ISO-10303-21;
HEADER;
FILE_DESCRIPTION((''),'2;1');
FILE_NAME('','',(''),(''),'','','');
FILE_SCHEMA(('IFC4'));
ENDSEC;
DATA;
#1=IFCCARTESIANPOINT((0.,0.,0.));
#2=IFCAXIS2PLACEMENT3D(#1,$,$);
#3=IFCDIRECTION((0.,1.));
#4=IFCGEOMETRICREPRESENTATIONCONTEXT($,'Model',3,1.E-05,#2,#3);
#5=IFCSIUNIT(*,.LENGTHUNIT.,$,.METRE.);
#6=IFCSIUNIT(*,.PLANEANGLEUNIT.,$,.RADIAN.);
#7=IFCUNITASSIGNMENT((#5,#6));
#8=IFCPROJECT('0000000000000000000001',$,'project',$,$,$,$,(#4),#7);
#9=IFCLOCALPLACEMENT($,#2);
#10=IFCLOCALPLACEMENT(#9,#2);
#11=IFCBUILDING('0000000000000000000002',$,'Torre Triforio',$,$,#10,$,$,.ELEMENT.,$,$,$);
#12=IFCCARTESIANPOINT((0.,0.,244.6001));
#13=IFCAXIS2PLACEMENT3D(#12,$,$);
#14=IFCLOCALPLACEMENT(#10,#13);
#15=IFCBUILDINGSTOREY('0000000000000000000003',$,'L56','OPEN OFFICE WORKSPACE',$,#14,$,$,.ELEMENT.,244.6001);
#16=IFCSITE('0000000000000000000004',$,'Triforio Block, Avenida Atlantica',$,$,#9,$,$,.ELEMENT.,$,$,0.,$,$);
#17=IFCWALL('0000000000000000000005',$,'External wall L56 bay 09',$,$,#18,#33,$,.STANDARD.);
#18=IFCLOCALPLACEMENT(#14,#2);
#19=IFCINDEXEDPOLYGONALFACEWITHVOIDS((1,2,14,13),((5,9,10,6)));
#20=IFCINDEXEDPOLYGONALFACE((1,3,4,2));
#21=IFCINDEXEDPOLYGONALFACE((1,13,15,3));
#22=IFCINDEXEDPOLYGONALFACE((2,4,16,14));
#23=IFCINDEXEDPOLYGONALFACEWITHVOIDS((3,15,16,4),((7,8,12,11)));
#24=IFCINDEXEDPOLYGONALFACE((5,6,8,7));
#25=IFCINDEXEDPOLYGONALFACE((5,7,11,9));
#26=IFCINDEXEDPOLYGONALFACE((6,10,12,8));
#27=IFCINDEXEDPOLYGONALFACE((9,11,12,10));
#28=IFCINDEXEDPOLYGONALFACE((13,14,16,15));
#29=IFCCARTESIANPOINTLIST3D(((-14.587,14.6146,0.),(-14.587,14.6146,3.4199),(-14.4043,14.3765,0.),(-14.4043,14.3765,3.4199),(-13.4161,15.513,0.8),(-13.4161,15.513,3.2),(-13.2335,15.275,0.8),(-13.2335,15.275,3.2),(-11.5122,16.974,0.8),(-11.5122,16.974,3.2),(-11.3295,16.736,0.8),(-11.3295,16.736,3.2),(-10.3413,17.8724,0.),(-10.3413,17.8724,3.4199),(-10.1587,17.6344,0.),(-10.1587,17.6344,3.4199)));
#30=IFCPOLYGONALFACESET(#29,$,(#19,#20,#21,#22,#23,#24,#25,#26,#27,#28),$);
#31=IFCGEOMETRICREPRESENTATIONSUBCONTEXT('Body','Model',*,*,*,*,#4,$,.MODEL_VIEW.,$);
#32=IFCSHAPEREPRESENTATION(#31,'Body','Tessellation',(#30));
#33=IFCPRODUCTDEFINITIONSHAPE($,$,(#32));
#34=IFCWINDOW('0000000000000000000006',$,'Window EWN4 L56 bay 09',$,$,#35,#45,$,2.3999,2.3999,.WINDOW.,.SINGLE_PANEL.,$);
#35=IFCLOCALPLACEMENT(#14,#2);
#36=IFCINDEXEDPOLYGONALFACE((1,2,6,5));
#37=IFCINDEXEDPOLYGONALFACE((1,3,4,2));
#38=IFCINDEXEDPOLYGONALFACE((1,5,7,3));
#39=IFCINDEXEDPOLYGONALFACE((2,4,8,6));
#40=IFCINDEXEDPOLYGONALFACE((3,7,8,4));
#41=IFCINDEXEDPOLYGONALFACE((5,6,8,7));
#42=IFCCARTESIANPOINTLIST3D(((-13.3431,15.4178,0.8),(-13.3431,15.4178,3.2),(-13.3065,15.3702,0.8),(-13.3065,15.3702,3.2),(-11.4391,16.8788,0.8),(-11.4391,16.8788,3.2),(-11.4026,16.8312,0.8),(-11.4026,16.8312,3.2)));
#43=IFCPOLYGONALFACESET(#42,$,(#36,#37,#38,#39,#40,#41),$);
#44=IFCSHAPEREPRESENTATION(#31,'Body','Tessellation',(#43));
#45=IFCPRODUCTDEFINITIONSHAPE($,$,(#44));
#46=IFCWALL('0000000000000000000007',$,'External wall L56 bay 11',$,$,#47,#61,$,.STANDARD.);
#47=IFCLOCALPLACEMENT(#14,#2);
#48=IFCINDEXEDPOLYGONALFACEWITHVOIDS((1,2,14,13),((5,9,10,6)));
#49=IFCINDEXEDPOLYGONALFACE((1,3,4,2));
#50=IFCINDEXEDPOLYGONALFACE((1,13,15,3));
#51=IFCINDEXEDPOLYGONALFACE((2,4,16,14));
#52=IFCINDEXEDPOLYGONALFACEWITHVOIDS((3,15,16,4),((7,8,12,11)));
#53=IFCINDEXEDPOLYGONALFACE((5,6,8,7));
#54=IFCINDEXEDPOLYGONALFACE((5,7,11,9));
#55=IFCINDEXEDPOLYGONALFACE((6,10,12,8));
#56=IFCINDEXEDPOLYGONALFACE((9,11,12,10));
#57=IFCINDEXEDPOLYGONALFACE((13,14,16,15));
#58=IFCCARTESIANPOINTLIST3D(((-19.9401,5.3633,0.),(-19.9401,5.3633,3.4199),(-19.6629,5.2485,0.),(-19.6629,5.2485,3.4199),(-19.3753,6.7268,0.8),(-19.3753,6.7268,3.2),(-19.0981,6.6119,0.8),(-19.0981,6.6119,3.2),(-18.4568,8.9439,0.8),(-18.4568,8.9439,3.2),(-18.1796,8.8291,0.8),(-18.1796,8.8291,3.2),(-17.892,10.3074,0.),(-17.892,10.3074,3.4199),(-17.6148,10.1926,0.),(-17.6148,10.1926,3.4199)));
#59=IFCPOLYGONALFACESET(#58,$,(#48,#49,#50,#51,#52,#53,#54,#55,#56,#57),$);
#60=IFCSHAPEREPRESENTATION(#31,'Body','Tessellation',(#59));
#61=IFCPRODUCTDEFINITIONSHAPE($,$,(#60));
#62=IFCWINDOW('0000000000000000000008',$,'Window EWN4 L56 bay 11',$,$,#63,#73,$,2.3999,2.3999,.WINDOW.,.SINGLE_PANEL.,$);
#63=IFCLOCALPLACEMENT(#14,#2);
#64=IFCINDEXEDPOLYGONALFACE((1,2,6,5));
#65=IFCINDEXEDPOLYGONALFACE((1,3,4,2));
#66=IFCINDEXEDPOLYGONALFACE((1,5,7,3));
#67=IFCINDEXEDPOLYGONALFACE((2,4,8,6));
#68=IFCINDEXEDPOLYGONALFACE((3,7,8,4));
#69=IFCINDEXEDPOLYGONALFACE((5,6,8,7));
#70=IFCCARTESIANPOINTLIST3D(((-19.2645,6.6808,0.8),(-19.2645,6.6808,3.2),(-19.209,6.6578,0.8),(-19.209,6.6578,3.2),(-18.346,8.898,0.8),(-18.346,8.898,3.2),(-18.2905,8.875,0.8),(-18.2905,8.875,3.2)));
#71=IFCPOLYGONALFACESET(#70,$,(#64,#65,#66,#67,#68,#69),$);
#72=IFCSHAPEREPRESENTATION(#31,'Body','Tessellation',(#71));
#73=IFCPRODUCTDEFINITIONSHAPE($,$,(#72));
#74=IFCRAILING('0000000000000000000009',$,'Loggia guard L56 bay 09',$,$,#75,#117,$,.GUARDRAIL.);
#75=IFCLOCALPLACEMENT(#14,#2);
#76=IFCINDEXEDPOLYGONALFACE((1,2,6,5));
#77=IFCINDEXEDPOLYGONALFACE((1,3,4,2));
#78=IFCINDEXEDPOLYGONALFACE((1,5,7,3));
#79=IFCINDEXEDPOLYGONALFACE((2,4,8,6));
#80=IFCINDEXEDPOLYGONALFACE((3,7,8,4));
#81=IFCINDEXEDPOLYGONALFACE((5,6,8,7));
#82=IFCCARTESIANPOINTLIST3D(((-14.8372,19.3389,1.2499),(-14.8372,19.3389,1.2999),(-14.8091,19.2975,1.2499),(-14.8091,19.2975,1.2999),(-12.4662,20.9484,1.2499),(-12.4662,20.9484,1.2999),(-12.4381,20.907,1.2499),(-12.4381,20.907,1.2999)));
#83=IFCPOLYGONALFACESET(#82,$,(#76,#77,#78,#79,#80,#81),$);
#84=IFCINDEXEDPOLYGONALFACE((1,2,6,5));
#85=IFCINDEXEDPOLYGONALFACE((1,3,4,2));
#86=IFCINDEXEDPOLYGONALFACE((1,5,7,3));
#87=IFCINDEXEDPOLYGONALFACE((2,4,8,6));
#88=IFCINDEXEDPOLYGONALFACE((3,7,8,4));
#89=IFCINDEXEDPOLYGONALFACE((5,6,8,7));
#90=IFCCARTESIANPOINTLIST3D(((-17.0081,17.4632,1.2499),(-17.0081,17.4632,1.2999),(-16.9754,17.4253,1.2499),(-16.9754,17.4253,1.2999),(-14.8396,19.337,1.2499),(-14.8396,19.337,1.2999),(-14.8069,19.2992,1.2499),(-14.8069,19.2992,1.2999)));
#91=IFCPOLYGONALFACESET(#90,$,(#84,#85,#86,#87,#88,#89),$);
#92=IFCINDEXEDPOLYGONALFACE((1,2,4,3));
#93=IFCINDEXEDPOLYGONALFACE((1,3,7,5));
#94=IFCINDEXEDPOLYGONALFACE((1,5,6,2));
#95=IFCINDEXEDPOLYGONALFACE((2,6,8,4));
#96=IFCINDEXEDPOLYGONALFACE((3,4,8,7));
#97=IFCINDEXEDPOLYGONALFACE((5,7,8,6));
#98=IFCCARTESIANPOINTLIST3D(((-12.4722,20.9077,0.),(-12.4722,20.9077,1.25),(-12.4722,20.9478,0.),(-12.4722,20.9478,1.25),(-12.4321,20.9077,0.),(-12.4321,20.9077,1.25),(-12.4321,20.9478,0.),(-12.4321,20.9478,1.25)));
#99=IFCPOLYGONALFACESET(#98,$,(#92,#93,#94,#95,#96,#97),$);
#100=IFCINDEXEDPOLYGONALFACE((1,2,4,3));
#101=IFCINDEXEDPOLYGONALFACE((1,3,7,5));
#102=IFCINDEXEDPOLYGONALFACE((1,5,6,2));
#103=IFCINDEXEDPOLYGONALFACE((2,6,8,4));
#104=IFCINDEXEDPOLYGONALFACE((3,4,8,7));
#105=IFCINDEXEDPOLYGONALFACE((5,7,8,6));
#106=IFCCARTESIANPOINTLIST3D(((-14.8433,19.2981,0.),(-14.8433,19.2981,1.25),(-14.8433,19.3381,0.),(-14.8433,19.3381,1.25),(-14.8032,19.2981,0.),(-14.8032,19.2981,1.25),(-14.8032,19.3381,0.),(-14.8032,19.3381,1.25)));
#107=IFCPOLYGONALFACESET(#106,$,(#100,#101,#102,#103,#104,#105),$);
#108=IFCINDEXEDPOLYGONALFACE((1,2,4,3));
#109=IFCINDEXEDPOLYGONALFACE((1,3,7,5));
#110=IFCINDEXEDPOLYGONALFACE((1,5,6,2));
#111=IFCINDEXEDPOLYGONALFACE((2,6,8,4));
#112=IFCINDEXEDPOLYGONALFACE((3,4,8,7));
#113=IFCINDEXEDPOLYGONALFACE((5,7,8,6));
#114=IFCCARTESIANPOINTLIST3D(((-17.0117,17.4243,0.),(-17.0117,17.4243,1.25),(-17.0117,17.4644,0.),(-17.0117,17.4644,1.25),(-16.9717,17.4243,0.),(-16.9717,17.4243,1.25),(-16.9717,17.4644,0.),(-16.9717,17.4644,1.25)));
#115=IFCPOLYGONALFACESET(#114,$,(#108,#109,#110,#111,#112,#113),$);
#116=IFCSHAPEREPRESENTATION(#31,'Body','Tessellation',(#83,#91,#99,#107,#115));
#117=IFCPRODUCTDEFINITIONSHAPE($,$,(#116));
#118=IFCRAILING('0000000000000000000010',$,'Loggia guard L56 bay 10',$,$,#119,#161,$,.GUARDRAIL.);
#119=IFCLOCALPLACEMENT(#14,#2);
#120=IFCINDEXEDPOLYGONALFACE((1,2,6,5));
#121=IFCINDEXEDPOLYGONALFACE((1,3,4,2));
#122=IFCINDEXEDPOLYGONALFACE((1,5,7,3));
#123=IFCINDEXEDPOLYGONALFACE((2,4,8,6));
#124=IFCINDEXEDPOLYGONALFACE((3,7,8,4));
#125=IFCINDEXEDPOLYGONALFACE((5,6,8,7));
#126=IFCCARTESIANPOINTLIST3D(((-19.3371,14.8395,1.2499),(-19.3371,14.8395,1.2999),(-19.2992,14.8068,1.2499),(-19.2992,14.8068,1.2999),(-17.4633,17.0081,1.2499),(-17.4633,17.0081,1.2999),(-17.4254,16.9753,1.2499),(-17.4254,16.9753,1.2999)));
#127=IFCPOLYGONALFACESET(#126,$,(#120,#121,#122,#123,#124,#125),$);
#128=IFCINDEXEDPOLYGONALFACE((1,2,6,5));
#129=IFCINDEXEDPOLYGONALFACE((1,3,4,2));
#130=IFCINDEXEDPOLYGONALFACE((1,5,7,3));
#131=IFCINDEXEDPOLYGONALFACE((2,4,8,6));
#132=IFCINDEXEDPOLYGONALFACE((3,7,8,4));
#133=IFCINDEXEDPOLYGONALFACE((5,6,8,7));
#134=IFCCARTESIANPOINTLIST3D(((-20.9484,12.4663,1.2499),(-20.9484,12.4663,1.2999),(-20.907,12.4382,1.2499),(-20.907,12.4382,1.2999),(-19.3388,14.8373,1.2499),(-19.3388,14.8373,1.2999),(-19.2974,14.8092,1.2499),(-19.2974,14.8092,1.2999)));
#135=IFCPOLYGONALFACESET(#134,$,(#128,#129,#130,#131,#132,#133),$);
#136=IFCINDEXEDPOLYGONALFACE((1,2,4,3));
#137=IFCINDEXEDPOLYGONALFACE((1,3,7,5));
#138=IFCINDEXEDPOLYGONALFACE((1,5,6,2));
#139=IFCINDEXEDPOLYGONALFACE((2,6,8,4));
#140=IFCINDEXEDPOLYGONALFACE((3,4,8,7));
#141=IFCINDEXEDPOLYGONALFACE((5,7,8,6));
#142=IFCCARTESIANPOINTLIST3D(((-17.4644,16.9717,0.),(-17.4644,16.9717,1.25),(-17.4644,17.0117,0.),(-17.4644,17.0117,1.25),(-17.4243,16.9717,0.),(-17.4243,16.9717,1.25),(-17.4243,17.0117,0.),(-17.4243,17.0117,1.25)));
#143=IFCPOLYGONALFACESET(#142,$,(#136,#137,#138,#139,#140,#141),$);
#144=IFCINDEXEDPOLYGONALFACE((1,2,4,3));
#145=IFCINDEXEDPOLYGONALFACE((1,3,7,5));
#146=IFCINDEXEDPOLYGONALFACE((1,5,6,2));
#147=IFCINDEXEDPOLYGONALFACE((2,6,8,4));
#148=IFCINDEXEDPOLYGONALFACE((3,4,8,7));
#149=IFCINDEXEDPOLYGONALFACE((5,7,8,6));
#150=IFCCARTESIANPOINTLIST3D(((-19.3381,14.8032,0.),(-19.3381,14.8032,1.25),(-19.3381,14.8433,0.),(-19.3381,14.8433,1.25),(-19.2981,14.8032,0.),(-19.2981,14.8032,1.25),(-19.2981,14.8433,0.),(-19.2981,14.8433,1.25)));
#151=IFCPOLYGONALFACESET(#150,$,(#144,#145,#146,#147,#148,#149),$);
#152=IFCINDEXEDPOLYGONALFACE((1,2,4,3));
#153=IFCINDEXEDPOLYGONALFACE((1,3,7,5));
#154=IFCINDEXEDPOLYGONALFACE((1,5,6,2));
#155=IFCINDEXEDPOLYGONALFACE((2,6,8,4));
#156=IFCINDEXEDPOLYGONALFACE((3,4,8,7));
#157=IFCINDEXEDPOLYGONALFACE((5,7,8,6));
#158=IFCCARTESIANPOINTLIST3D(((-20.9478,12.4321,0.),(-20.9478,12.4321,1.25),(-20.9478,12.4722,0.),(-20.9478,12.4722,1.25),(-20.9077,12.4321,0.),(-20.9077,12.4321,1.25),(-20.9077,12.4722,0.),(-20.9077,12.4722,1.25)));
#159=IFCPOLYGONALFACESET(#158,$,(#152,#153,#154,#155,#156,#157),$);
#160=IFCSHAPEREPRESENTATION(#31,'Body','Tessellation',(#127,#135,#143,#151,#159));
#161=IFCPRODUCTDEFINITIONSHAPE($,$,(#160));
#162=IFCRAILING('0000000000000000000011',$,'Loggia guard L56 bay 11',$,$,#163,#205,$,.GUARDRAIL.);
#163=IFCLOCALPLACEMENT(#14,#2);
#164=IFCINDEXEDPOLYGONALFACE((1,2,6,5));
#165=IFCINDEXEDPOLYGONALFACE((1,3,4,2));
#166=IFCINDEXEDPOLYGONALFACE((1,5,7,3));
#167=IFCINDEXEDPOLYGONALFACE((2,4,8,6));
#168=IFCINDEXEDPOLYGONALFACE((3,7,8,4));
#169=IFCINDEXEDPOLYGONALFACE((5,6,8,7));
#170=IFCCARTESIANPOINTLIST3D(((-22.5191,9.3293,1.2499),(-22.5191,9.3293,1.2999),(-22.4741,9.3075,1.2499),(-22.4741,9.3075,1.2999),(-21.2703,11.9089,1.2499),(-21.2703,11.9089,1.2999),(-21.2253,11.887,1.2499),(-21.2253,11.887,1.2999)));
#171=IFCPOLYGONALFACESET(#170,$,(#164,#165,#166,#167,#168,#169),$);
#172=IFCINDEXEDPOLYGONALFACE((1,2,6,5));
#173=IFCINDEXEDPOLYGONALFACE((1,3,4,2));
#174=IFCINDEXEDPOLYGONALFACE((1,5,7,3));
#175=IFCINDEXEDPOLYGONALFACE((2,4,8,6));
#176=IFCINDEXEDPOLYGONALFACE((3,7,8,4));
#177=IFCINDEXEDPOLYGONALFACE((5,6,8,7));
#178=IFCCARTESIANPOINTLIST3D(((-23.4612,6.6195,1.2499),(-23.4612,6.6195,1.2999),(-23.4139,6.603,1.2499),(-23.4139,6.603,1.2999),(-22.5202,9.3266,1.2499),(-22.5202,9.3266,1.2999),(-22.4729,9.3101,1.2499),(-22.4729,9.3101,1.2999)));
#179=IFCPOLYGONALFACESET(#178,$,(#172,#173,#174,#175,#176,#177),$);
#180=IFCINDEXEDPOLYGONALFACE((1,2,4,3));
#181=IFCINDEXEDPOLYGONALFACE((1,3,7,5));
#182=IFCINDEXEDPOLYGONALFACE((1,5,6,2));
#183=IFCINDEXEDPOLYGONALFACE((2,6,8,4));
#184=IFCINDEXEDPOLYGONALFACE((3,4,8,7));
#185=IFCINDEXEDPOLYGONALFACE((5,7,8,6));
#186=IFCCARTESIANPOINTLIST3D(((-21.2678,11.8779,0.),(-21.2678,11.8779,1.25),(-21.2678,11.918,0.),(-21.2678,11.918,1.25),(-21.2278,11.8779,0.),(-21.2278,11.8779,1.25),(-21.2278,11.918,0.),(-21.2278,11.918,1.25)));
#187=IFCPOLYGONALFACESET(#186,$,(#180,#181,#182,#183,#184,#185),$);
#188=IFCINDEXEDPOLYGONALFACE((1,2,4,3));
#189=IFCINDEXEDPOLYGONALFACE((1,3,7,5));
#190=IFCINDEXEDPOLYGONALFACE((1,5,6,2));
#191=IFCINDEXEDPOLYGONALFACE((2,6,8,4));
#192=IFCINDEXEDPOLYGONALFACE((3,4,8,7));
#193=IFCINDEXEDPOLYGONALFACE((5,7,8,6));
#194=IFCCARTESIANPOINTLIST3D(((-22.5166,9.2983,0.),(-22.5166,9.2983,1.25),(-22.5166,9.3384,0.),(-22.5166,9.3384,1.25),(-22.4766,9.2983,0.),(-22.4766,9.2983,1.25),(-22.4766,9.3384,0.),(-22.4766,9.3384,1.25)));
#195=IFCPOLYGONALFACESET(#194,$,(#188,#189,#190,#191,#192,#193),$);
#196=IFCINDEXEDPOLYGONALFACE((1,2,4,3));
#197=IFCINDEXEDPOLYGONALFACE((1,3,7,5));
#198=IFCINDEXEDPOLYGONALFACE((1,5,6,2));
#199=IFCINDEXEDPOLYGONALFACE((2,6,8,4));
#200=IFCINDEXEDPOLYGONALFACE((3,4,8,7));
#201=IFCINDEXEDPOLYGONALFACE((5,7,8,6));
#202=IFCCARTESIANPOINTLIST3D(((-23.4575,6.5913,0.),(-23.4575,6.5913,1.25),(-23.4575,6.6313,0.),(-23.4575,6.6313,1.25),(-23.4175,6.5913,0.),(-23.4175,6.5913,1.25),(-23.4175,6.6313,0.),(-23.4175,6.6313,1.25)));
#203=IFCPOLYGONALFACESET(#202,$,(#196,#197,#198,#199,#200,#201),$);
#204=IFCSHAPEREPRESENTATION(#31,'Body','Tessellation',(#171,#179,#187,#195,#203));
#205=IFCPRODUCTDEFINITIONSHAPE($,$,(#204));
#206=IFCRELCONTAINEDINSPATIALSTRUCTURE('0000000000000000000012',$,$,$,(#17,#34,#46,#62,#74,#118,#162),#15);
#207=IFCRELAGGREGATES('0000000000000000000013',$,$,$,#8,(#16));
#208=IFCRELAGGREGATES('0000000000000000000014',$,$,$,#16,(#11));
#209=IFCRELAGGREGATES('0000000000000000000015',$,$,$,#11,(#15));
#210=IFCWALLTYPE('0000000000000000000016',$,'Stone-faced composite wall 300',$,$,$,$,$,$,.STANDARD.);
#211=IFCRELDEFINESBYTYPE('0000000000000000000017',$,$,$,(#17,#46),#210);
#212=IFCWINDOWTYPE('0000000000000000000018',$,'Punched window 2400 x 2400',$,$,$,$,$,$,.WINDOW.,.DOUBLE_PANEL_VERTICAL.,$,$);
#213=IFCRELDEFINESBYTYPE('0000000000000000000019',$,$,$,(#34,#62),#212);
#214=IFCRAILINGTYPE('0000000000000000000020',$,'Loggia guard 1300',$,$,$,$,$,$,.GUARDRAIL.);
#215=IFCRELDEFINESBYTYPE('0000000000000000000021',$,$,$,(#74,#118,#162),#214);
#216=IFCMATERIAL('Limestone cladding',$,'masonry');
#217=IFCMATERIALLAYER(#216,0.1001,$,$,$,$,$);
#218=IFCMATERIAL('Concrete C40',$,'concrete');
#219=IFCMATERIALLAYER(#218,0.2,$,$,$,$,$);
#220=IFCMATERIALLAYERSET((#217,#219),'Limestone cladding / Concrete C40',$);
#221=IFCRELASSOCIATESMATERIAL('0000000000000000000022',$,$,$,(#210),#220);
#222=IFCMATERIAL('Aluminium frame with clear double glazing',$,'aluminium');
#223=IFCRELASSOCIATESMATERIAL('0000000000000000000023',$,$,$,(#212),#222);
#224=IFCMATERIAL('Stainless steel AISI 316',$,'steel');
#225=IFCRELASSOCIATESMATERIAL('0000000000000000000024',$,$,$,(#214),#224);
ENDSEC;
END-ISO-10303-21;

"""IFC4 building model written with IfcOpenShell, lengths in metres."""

from ifc_helpers import new_model, si_unit, direction, frame, frame_2d, origin, origin_2d, place, context, subcontext, project, spatial, rectangle, extrude, material, layer, layer_set, type_object, element, fill, save


model = new_model("IFC4")

# Units and contexts
model_context = context("Model", 3, precision=1e-05, world=origin(), true_north=direction((0.0, 1.0)))
body_context = subcontext(model_context, "Body", "Model", "MODEL_VIEW")
ifc_project = project(units=[si_unit("LENGTHUNIT", "METRE"), si_unit("PLANEANGLEUNIT", "RADIAN")], contexts=[model_context])

# Site, building, storey
site_placement = place(None, origin())
site = spatial("IfcSite", under=ifc_project, at=site_placement, Name="Triforio Block, Avenida Atlantica", CompositionType="ELEMENT", RefElevation=0.0)
building_placement = place(site_placement, origin())
building = spatial("IfcBuilding", under=site, at=building_placement, Name="Torre Triforio", CompositionType="ELEMENT")
storey_placement = place(building_placement, frame((0.0, 0.0, 244.6001)))
storey = spatial("IfcBuildingStorey", under=building, at=storey_placement, Name="L56", Description="OPEN OFFICE WORKSPACE", CompositionType="ELEMENT", Elevation=244.6001)

# Shared definitions
ifc_material_1 = material(Name="Concrete C40", Category="concrete")

# Shared definitions
ifc_material_2 = material(Name="Limestone cladding", Category="masonry")

# Wall, opening, window
ifc_layer_1 = layer(ifc_material_2, 0.1001)
ifc_layer_2 = layer(ifc_material_1, 0.2)
ifc_layer_set_1 = layer_set([ifc_layer_1, ifc_layer_2], Name="Limestone cladding / Concrete C40")
wall_type_1 = type_object("IfcWallType", Name="Stone-faced composite wall 300", PredefinedType="STANDARD", material=ifc_layer_set_1)
wall_1_placement = place(storey_placement, frame((-10.25, 17.7534, 0.0), z_axis=(0.0, 0.0, 1.0), x_axis=(-0.793349, -0.608767, 0.0)))
wall_1 = element("IfcWall", 1, at=wall_1_placement, inside=storey, type_object=wall_type_1, Name="External wall L56 bay 09", PredefinedType="STANDARD", context=body_context, shape_type="SweptSolid", body=[
    extrude(rectangle(XDim=5.3516, YDim=0.3, at=frame_2d((2.6758, 0.0))), origin(), (0.0, 0.0, 1.0), 3.4199),
])
opening_1_placement = place(wall_1_placement, frame((1.4758, 0.0, 0.8)))
opening_1 = element("IfcOpeningElement", 2, at=opening_1_placement, cuts=wall_1, PredefinedType="OPENING", context=body_context, shape_type="SweptSolid", body=[
    extrude(rectangle(XDim=2.3999, YDim=2.3999, at=frame_2d((1.2, 1.2))), frame((0.0, 0.1599, 0.0), z_axis=(0.0, -1.0, 0.0), x_axis=(1.0, 0.0, 0.0)), (0.0, 0.0, 1.0), 0.3201),
])
ifc_material_3 = material(Name="Aluminium frame with clear double glazing", Category="aluminium")
window_type_1 = type_object("IfcWindowType", Name="Punched window 2400 x 2400", PartitioningType="DOUBLE_PANEL_VERTICAL", PredefinedType="WINDOW", material=ifc_material_3)
window_1_placement = place(opening_1_placement, origin())
window_1 = element("IfcWindow", 3, at=window_1_placement, inside=storey, type_object=window_type_1, Name="Window EWN4 L56 bay 09", OverallHeight=2.3999, OverallWidth=2.3999, PartitioningType="SINGLE_PANEL", PredefinedType="WINDOW", context=body_context, shape_type="SweptSolid", body=[
    extrude(rectangle(XDim=2.3999, YDim=2.3999, at=frame_2d((1.2, 1.2))), frame((0.0, 0.03, 0.0), z_axis=(0.0, -1.0, 0.0), x_axis=(1.0, 0.0, 0.0)), (0.0, 0.0, 1.0), 0.0601),
])
fill(opening_1, window_1)

# Wall, opening, window
wall_2_placement = place(storey_placement, frame((-17.7534, 10.25, 0.0), z_axis=(0.0, 0.0, 1.0), x_axis=(-0.382713, -0.923867, 0.0)))
wall_2 = element("IfcWall", 4, at=wall_2_placement, inside=storey, type_object=wall_type_1, Name="External wall L56 bay 11", PredefinedType="STANDARD", context=body_context, shape_type="SweptSolid", body=[
    extrude(rectangle(XDim=5.3516, YDim=0.3, at=frame_2d((2.6758, 0.0))), origin(), (0.0, 0.0, 1.0), 3.4199),
])
opening_2_placement = place(wall_2_placement, frame((1.4758, 0.0, 0.8)))
opening_2 = element("IfcOpeningElement", 5, at=opening_2_placement, cuts=wall_2, PredefinedType="OPENING", context=body_context, shape_type="SweptSolid", body=[
    extrude(rectangle(XDim=2.3999, YDim=2.3999, at=frame_2d((1.2, 1.2))), frame((0.0, 0.1599, 0.0), z_axis=(0.0, -1.0, 0.0), x_axis=(1.0, 0.0, 0.0)), (0.0, 0.0, 1.0), 0.3201),
])
window_2_placement = place(opening_2_placement, origin())
window_2 = element("IfcWindow", 6, at=window_2_placement, inside=storey, type_object=window_type_1, Name="Window EWN4 L56 bay 11", OverallHeight=2.3999, OverallWidth=2.3999, PartitioningType="SINGLE_PANEL", PredefinedType="WINDOW", context=body_context, shape_type="SweptSolid", body=[
    extrude(rectangle(XDim=2.3999, YDim=2.3999, at=frame_2d((1.2, 1.2))), frame((0.0, 0.03, 0.0), z_axis=(0.0, -1.0, 0.0), x_axis=(1.0, 0.0, 0.0)), (0.0, 0.0, 1.0), 0.0601),
])
fill(opening_2, window_2)

# Railings
ifc_material_4 = material(Name="Stainless steel AISI 316", Category="steel")
railing_type = type_object("IfcRailingType", Name="Loggia guard 1300", PredefinedType="GUARDRAIL", material=ifc_material_4)
railing_1_placement = place(storey_placement, frame((-12.4521, 20.9277, 0.0)))
element("IfcRailing", 7, at=railing_1_placement, inside=storey, type_object=railing_type, Name="Loggia guard L56 bay 09", PredefinedType="GUARDRAIL", context=body_context, shape_type="SweptSolid", body=[
    extrude(rectangle(XDim=0.05, YDim=0.05, at=origin_2d()), frame((0.0, 0.0, 1.2749), z_axis=(-0.827368, -0.56166, 0.0), x_axis=(0.56166, -0.827368, 0.0)), (0.0, 0.0, 1.0), 2.8657),
    extrude(rectangle(XDim=0.05, YDim=0.05, at=origin_2d()), frame((-2.3711, -1.6096, 1.2749), z_axis=(-0.756647, -0.653824, 0.0), x_axis=(0.653824, -0.756647, 0.0)), (0.0, 0.0, 1.0), 2.866),
    extrude(rectangle(XDim=0.04, YDim=0.04, at=origin_2d()), origin(), (0.0, 0.0, 1.0), 1.25),
    extrude(rectangle(XDim=0.04, YDim=0.04, at=origin_2d()), frame((-2.3711, -1.6096, 0.0)), (0.0, 0.0, 1.0), 1.25),
    extrude(rectangle(XDim=0.04, YDim=0.04, at=origin_2d()), frame((-4.5396, -3.4834, 0.0)), (0.0, 0.0, 1.0), 1.25),
])
railing_2_placement = place(storey_placement, frame((-17.4443, 16.9917, 0.0)))
element("IfcRailing", 8, at=railing_2_placement, inside=storey, type_object=railing_type, Name="Loggia guard L56 bay 10", PredefinedType="GUARDRAIL", context=body_context, shape_type="SweptSolid", body=[
    extrude(rectangle(XDim=0.05, YDim=0.05, at=origin_2d()), frame((0.0, 0.0, 1.2749), z_axis=(-0.653824, -0.756647, 0.0), x_axis=(0.756647, -0.653824, 0.0)), (0.0, 0.0, 1.0), 2.866),
    extrude(rectangle(XDim=0.05, YDim=0.05, at=origin_2d()), frame((-1.8738, -2.1685, 1.2749), z_axis=(-0.56166, -0.827368, 0.0), x_axis=(0.827368, -0.56166, 0.0)), (0.0, 0.0, 1.0), 2.8657),
    extrude(rectangle(XDim=0.04, YDim=0.04, at=origin_2d()), origin(), (0.0, 0.0, 1.0), 1.25),
    extrude(rectangle(XDim=0.04, YDim=0.04, at=origin_2d()), frame((-1.8738, -2.1685, 0.0)), (0.0, 0.0, 1.0), 1.25),
    extrude(rectangle(XDim=0.04, YDim=0.04, at=origin_2d()), frame((-3.4834, -4.5396, 0.0)), (0.0, 0.0, 1.0), 1.25),
])
railing_3_placement = place(storey_placement, frame((-21.2478, 11.8979, 0.0)))
element("IfcRailing", 9, at=railing_3_placement, inside=storey, type_object=railing_type, Name="Loggia guard L56 bay 11", PredefinedType="GUARDRAIL", context=body_context, shape_type="SweptSolid", body=[
    extrude(rectangle(XDim=0.05, YDim=0.05, at=origin_2d()), frame((0.0, 0.0, 1.2749), z_axis=(-0.435728, -0.900078, 0.0), x_axis=(0.900078, -0.435728, 0.0)), (0.0, 0.0, 1.0), 2.866),
    extrude(rectangle(XDim=0.05, YDim=0.05, at=origin_2d()), frame((-1.2488, -2.5796, 1.2749), z_axis=(-0.328316, -0.944568, 0.0), x_axis=(0.944568, -0.328316, 0.0)), (0.0, 0.0, 1.0), 2.866),
    extrude(rectangle(XDim=0.04, YDim=0.04, at=origin_2d()), origin(), (0.0, 0.0, 1.0), 1.25),
    extrude(rectangle(XDim=0.04, YDim=0.04, at=origin_2d()), frame((-1.2488, -2.5796, 0.0)), (0.0, 0.0, 1.0), 1.25),
    extrude(rectangle(XDim=0.04, YDim=0.04, at=origin_2d()), frame((-2.1897, -5.2866, 0.0)), (0.0, 0.0, 1.0), 1.25),
])

save(model, "model.ifc")
